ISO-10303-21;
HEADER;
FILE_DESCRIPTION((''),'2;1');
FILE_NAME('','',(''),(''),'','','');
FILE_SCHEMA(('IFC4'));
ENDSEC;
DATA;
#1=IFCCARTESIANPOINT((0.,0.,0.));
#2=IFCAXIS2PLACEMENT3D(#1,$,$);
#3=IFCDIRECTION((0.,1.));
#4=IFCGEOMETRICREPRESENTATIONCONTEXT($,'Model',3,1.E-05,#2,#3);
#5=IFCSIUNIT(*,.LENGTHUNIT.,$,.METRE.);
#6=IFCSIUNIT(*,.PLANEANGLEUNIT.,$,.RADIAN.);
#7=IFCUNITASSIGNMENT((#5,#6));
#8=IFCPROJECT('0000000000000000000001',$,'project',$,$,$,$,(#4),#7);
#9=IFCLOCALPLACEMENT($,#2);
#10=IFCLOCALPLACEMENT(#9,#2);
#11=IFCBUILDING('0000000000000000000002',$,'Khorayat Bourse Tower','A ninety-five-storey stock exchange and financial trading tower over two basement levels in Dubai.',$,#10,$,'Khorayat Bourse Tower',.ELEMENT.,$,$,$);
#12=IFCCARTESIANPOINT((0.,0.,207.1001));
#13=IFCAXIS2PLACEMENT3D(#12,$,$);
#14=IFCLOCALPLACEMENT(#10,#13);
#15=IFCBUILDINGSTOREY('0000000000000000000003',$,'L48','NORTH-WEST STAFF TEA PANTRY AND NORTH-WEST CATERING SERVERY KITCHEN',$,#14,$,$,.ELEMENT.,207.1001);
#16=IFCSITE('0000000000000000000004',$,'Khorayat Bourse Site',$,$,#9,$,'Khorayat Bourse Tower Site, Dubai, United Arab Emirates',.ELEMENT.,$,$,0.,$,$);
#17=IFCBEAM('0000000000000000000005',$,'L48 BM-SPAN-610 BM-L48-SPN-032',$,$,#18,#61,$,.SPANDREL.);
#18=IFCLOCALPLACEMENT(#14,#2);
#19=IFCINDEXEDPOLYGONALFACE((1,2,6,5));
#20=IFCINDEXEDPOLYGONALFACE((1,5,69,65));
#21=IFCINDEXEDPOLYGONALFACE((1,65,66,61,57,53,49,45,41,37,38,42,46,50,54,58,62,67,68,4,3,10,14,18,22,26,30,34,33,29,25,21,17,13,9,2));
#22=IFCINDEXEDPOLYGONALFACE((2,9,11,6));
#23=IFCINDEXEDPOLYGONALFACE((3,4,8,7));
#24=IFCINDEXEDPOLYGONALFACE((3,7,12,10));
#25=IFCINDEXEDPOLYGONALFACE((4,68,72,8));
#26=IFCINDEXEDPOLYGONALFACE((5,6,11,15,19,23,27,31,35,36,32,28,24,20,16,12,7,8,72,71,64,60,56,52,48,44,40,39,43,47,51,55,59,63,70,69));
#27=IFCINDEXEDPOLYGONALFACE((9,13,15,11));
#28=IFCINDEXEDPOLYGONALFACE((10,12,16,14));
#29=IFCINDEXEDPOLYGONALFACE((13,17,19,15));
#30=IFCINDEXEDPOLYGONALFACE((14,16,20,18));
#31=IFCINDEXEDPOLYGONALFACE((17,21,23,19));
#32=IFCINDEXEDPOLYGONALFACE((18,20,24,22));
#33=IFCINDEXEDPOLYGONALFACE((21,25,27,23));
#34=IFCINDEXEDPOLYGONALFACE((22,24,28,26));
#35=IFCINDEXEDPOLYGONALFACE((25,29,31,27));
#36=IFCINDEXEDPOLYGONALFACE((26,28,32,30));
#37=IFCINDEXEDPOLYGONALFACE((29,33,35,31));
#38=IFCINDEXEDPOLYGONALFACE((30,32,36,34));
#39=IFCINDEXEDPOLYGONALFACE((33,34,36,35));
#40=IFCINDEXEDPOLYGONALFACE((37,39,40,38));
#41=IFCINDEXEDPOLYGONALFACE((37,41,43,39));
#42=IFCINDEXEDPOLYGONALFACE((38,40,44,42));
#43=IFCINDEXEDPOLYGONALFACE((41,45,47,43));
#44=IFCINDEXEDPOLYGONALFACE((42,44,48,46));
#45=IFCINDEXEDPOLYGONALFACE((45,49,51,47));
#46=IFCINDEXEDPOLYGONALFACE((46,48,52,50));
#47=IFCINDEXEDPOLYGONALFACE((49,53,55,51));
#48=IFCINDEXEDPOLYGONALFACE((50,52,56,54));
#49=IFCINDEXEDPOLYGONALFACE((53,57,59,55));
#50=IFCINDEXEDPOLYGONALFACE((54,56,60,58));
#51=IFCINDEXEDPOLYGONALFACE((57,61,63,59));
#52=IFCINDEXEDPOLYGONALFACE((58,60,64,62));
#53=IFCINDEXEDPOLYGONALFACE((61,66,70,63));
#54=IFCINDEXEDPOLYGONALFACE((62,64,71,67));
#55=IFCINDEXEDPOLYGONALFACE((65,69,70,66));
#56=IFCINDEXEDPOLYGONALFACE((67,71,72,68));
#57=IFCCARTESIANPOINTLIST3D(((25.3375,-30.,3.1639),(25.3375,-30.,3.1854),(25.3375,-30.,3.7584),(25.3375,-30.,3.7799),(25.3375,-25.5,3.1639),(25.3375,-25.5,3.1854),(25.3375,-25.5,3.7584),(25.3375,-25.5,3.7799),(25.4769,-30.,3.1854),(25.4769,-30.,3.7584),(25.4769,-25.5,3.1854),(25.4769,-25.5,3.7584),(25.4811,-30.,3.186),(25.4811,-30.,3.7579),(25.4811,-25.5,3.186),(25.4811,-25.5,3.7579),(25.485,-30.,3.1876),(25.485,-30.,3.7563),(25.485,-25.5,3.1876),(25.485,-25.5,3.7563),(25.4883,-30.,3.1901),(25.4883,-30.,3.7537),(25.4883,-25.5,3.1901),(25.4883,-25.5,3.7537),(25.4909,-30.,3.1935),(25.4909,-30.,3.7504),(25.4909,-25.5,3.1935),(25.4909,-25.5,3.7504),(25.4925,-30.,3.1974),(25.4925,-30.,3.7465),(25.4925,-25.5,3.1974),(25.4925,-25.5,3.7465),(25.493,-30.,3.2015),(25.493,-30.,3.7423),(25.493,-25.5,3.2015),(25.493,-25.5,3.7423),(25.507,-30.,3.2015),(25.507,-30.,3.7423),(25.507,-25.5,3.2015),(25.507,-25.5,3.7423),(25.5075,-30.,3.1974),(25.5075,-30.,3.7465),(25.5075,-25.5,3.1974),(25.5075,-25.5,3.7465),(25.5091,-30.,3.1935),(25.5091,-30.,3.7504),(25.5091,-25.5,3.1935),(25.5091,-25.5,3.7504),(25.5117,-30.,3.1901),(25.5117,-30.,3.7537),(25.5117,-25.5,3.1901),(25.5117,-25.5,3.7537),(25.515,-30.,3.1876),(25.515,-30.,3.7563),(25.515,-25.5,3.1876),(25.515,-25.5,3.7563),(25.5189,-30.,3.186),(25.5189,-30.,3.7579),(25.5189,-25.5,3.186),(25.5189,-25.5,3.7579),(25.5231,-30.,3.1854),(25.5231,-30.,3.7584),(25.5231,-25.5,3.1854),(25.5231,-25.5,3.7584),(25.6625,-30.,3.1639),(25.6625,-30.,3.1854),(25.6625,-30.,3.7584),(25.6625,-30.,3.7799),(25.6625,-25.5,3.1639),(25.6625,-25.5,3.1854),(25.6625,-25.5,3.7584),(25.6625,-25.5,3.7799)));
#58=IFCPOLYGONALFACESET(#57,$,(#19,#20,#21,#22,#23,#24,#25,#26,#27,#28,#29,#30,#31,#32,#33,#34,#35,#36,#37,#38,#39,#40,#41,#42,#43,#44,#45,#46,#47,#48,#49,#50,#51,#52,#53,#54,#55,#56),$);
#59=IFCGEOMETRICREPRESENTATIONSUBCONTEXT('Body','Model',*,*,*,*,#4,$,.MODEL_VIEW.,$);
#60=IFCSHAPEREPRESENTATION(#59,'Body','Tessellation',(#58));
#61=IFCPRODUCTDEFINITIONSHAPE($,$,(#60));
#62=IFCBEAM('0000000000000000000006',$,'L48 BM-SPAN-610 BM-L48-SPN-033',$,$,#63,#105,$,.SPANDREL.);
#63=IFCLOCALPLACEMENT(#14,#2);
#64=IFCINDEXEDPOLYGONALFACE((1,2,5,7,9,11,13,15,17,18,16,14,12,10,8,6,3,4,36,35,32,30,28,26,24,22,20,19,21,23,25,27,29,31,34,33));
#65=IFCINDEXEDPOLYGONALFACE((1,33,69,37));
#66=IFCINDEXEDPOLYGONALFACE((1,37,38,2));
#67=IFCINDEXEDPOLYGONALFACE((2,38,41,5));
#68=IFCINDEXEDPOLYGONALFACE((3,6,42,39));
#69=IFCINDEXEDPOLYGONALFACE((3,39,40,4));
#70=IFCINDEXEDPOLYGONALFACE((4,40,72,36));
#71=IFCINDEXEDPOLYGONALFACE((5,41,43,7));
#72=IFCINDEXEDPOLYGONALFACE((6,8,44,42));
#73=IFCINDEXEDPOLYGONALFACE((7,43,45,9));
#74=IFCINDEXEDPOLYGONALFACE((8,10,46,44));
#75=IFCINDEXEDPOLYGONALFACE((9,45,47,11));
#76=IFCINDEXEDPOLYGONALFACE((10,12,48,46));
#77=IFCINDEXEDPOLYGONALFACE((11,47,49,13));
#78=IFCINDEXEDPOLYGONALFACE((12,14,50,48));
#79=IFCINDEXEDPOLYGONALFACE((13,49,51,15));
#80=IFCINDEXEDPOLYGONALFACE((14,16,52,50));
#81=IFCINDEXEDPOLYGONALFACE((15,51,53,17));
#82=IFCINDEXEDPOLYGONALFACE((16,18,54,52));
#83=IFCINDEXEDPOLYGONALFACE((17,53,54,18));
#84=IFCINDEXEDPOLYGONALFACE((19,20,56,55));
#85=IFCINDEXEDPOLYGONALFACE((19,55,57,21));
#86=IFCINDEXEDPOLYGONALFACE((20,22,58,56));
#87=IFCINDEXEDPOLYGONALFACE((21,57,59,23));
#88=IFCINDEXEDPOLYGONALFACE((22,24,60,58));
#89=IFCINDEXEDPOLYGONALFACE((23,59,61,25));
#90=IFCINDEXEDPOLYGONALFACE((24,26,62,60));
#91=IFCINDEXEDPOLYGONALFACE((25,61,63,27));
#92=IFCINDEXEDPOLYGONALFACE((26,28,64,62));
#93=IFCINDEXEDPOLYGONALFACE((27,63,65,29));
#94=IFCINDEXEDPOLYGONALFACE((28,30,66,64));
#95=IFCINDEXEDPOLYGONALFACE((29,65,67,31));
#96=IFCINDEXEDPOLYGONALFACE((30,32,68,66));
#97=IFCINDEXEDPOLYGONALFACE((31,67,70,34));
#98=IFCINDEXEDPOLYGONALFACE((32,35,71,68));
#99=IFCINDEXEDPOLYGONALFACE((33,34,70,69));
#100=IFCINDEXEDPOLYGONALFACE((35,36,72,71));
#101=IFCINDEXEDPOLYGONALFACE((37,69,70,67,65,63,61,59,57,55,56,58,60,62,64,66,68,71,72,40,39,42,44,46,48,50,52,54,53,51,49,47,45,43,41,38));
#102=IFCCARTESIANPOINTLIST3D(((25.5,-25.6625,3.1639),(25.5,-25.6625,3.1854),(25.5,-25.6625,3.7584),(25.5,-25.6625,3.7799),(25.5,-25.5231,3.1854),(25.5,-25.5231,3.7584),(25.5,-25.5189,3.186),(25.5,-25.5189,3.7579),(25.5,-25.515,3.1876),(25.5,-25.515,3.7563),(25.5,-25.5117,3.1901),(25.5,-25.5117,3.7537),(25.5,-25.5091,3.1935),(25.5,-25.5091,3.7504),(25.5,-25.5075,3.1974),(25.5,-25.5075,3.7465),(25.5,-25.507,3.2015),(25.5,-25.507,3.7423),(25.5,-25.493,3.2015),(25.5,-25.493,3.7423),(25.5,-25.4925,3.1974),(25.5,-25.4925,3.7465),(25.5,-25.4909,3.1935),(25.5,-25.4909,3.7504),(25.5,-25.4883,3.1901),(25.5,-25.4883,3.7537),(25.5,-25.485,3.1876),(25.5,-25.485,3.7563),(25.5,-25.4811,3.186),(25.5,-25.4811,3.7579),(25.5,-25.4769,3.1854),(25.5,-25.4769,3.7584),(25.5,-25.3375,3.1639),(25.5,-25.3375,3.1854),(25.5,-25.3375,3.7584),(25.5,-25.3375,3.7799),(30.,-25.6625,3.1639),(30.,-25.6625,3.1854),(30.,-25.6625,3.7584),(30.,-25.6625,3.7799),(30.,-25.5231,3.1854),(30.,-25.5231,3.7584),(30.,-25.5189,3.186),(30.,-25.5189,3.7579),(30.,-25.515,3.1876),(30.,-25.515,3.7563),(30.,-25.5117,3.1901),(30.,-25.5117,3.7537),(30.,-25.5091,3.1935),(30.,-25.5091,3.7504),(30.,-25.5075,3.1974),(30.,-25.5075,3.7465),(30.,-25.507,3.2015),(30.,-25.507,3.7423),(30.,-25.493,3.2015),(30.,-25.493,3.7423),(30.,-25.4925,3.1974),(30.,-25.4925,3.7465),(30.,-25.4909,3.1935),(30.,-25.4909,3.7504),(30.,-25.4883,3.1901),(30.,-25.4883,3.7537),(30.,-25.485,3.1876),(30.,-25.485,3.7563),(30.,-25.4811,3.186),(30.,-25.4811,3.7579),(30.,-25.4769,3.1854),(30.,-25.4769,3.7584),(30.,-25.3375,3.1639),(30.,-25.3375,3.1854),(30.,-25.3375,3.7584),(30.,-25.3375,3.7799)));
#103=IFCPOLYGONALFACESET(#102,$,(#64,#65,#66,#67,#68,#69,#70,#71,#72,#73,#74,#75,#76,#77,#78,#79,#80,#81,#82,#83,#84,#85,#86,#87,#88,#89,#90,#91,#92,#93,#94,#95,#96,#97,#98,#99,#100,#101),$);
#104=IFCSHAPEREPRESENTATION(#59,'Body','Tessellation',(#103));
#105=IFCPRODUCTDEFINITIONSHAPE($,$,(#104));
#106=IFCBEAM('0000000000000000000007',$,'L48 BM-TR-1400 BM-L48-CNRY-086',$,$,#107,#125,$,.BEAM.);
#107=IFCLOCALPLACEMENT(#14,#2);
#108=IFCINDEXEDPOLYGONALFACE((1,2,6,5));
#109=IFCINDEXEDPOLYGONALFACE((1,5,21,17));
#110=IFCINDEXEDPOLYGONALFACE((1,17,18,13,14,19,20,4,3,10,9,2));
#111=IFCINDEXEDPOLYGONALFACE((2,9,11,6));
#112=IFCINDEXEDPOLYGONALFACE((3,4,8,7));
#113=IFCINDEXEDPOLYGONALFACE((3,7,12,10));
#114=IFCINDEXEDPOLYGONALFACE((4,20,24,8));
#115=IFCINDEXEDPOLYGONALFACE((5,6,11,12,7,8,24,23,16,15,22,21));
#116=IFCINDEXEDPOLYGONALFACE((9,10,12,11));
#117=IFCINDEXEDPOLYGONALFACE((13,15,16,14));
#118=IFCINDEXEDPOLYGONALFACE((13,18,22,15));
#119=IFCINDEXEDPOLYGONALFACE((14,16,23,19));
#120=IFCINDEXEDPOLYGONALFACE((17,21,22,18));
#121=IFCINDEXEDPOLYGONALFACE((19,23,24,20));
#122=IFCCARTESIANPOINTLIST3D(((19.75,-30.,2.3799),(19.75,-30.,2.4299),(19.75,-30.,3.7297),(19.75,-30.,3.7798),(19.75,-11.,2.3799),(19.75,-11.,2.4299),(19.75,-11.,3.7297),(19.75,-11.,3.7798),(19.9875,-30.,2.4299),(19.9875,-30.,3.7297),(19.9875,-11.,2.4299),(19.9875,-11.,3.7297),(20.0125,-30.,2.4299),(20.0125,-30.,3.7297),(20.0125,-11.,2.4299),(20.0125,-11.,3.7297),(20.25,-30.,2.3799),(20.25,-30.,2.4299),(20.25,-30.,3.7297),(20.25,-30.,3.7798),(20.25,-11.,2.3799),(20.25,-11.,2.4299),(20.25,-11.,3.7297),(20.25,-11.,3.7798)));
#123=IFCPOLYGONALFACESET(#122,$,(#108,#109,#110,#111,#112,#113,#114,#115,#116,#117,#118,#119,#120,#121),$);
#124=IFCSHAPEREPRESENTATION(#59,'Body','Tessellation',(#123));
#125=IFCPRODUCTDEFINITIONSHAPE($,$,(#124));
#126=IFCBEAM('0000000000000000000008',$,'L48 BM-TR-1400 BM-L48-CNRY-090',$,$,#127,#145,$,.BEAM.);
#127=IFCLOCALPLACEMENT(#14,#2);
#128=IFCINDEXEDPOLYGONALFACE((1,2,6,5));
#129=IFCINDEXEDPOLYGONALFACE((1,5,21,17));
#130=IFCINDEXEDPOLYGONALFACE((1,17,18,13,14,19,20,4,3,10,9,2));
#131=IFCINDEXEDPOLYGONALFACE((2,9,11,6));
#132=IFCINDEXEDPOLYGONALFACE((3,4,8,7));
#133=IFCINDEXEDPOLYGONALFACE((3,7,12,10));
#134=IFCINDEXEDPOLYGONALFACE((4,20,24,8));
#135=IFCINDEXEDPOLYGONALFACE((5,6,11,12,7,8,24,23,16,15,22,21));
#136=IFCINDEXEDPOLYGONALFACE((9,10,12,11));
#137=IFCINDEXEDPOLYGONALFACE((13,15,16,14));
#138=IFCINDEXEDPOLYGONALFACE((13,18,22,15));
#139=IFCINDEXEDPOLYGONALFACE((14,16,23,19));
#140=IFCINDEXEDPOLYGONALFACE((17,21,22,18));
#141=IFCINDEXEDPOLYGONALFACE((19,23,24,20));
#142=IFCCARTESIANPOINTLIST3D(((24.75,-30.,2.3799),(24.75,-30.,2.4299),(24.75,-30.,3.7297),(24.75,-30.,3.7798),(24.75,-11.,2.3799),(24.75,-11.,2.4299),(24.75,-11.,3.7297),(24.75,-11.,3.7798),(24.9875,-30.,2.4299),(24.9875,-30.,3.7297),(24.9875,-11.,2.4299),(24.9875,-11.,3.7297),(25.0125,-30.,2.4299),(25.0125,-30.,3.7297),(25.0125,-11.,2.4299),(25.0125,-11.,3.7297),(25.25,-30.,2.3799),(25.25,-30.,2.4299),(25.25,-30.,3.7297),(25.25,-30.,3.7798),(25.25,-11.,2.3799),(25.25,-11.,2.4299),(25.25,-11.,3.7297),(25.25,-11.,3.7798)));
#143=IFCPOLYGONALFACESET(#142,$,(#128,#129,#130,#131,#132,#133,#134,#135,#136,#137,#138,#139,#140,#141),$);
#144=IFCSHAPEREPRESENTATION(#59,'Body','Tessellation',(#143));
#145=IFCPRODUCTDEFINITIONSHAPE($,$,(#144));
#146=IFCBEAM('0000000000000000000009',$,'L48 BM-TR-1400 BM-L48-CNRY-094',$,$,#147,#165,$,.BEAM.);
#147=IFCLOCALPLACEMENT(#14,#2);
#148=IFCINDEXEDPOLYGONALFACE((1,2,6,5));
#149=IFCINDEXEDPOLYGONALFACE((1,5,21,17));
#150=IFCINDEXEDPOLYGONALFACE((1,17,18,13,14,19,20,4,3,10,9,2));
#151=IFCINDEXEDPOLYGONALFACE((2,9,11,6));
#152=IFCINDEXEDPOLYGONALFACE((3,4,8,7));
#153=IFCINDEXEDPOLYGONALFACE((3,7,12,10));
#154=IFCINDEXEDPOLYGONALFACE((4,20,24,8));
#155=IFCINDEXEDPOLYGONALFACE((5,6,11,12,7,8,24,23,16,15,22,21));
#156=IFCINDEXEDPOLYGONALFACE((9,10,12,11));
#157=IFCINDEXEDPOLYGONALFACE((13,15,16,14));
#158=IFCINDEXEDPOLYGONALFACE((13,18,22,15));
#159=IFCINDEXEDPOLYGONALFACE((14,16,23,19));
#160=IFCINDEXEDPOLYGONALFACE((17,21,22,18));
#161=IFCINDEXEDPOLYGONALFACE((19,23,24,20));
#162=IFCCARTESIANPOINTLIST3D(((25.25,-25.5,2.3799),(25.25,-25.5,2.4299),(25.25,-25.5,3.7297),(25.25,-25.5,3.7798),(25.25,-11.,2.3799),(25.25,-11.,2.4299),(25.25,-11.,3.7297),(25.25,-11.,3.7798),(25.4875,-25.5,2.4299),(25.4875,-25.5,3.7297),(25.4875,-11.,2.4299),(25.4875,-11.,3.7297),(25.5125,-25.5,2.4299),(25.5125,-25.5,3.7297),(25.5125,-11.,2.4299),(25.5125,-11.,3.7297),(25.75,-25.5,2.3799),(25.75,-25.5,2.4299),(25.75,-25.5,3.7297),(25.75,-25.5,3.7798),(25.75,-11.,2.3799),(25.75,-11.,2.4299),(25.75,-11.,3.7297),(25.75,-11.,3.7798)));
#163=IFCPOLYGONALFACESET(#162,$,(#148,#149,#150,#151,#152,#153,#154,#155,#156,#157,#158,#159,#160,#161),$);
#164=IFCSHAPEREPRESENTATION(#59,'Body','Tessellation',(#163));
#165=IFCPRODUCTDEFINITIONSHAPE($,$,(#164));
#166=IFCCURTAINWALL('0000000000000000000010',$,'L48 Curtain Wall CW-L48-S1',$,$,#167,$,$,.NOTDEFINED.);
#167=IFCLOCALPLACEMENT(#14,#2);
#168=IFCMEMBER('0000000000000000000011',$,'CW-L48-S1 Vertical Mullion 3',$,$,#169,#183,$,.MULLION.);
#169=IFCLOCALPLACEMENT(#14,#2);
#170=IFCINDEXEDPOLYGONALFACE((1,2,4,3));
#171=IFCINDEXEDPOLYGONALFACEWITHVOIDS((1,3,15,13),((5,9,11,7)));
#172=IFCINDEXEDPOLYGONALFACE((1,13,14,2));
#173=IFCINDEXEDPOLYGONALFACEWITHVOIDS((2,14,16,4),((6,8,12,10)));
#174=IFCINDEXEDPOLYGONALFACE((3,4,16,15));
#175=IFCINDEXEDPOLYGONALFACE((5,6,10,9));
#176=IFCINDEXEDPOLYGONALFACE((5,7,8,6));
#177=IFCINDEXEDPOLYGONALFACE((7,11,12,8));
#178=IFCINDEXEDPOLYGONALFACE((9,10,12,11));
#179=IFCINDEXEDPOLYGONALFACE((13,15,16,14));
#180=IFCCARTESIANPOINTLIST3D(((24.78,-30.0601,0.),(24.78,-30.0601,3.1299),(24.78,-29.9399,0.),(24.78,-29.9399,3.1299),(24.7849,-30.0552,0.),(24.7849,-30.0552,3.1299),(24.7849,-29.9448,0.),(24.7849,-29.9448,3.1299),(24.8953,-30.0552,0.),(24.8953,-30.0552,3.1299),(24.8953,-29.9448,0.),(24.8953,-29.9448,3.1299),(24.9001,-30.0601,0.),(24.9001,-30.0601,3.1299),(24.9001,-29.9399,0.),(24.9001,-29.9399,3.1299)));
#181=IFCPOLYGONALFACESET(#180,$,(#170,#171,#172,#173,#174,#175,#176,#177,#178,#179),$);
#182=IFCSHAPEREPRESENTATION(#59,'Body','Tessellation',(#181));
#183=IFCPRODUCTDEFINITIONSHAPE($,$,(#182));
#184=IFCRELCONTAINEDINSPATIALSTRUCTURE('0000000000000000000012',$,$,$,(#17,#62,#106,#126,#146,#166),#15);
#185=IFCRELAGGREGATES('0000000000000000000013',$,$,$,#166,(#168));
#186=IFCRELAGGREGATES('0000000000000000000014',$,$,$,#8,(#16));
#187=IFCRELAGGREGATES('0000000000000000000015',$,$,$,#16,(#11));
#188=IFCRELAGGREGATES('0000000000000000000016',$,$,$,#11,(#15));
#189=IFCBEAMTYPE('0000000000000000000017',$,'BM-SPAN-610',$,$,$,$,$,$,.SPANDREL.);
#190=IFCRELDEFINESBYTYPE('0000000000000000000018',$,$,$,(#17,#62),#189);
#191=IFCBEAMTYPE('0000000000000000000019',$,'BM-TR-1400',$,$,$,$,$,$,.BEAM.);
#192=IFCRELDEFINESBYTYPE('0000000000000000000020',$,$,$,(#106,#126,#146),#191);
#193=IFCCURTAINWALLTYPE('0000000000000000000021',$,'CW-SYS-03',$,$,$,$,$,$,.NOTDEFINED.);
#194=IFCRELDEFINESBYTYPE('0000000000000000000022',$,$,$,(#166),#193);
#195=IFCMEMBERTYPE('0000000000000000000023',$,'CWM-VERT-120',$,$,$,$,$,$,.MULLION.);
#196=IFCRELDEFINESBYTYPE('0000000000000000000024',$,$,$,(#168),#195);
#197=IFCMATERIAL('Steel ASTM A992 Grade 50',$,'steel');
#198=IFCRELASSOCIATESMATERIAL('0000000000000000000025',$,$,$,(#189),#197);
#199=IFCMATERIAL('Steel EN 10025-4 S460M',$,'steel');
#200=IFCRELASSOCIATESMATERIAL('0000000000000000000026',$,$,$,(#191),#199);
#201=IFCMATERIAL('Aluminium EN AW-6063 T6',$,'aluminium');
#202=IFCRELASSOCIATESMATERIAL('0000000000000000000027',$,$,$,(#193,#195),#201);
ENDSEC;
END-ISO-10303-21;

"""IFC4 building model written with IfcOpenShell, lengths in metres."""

from ifc_helpers import new_model, si_unit, direction, frame, origin, origin_2d, place, context, subcontext, project, spatial, hollow_rectangle, i_section, extrude, source, transform, mapped, material, material_profile, profile_set, type_object, element, aggregate, save


model = new_model("IFC4")

# Units and contexts
model_context = context("Model", 3, precision=1e-05, world=origin(), true_north=direction((0.0, 1.0)))
body_context = subcontext(model_context, "Body", "Model", "MODEL_VIEW")
ifc_project = project(units=[si_unit("LENGTHUNIT", "METRE"), si_unit("PLANEANGLEUNIT", "RADIAN")], contexts=[model_context])

# Site, building, storey
site_placement = place(None, origin())
site = spatial("IfcSite", under=ifc_project, at=site_placement, Name="Khorayat Bourse Site", LongName="Khorayat Bourse Tower Site, Dubai, United Arab Emirates", CompositionType="ELEMENT", RefElevation=0.0)
building_placement = place(site_placement, origin())
building = spatial("IfcBuilding", under=site, at=building_placement, Name="Khorayat Bourse Tower", Description="A ninety-five-storey stock exchange and financial trading tower over two basement levels in Dubai.", LongName="Khorayat Bourse Tower", CompositionType="ELEMENT")
storey_placement = place(building_placement, frame((0.0, 0.0, 207.1001)))
storey = spatial("IfcBuildingStorey", under=building, at=storey_placement, Name="L48", Description="NORTH-WEST STAFF TEA PANTRY AND NORTH-WEST CATERING SERVERY KITCHEN", CompositionType="ELEMENT", Elevation=207.1001)

# Shared definitions
ifc_material_1 = material(Name="Steel EN 10025-4 S460M", Category="steel")

# Beams
ifc_material_2 = material(Name="Steel ASTM A992 Grade 50", Category="steel")
ifc_material_profile_1 = material_profile(ifc_material_2, i_section(OverallWidth=0.325, OverallDepth=0.616, WebThickness=0.0139, FlangeThickness=0.0215, FilletRadius=0.0161, at=origin_2d()), Name="W610X174")
ifc_profile_set_1 = profile_set([ifc_material_profile_1], Name="Steel ASTM A992 Grade 50")
beam_type_1 = type_object("IfcBeamType", Name="BM-SPAN-610", PredefinedType="SPANDREL", material=ifc_profile_set_1)
shared_shape_1 = source(origin(), body_context, "Body", "SweptSolid", [
    extrude(i_section(OverallWidth=0.325, OverallDepth=0.616, WebThickness=0.0139, FlangeThickness=0.0215, FilletRadius=0.0161, at=origin_2d()), origin(), (0.0, 0.0, 1.0), 4.5),
])
for number, where, z_axis, x_axis, name in (
    (1, (25.5, -30.0, 3.4719), (0.0, 1.0, 0.0), (-1.0, 0.0, 0.0), "L48 BM-SPAN-610 BM-L48-SPN-032"),
    (2, (25.5, -25.5, 3.4719), (1.0, 0.0, 0.0), (0.0, 1.0, 0.0), "L48 BM-SPAN-610 BM-L48-SPN-033"),
):
    element("IfcBeam", number, at=place(storey_placement, frame(where, z_axis=z_axis, x_axis=x_axis)), inside=storey, type_object=beam_type_1, Name=name, PredefinedType="SPANDREL", context=body_context, shape_type="MappedRepresentation", body=[
        mapped(shared_shape_1, transform((0.0, 0.0, 0.0), scale=1.0)),
    ])
ifc_material_profile_2 = material_profile(ifc_material_1, i_section(OverallWidth=0.5, OverallDepth=1.3999, WebThickness=0.0249, FlangeThickness=0.05, at=origin_2d()), Name="PG 1400x500x25x50")
ifc_profile_set_2 = profile_set([ifc_material_profile_2], Name="Steel EN 10025-4 S460M")
beam_type_2 = type_object("IfcBeamType", Name="BM-TR-1400", PredefinedType="BEAM", material=ifc_profile_set_2)
shared_shape_2 = source(origin(), body_context, "Body", "SweptSolid", [
    extrude(i_section(OverallWidth=0.5, OverallDepth=1.3999, WebThickness=0.0249, FlangeThickness=0.05, at=origin_2d()), origin(), (0.0, 0.0, 1.0), 19.0),
])
for number, where, z_axis, x_axis, name in (
    (3, (20.0, -30.0, 3.0798), (0.0, 1.0, 0.0), (-1.0, 0.0, 0.0), "L48 BM-TR-1400 BM-L48-CNRY-086"),
    (4, (25.0, -30.0, 3.0798), (0.0, 1.0, 0.0), (-1.0, 0.0, 0.0), "L48 BM-TR-1400 BM-L48-CNRY-090"),
):
    element("IfcBeam", number, at=place(storey_placement, frame(where, z_axis=z_axis, x_axis=x_axis)), inside=storey, type_object=beam_type_2, Name=name, PredefinedType="BEAM", context=body_context, shape_type="MappedRepresentation", body=[
        mapped(shared_shape_2, transform((0.0, 0.0, 0.0), scale=1.0)),
    ])
shared_shape_3 = source(origin(), body_context, "Body", "SweptSolid", [
    extrude(i_section(OverallWidth=0.5, OverallDepth=1.3999, WebThickness=0.0249, FlangeThickness=0.05, at=origin_2d()), origin(), (0.0, 0.0, 1.0), 14.5),
])
beam_placement = place(storey_placement, frame((25.5, -25.5, 3.0798), z_axis=(0.0, 1.0, 0.0), x_axis=(-1.0, 0.0, 0.0)))
element("IfcBeam", 5, at=beam_placement, inside=storey, type_object=beam_type_2, Name="L48 BM-TR-1400 BM-L48-CNRY-094", PredefinedType="BEAM", context=body_context, shape_type="MappedRepresentation", body=[
    mapped(shared_shape_3, transform((0.0, 0.0, 0.0), scale=1.0)),
])

# Curtain wall, member
ifc_material_3 = material(Name="Aluminium EN AW-6063 T6", Category="aluminium")
curtain_wall_type = type_object("IfcCurtainWallType", Name="CW-SYS-03", PredefinedType="NOTDEFINED", material=ifc_material_3)
curtain_wall_1_placement = place(storey_placement, origin())
curtain_wall_1 = element("IfcCurtainWall", 6, at=curtain_wall_1_placement, inside=storey, type_object=curtain_wall_type, Name="L48 Curtain Wall CW-L48-S1", PredefinedType="NOTDEFINED")
ifc_material_profile_3 = material_profile(ifc_material_3, hollow_rectangle(XDim=0.1201, YDim=0.1201, WallThickness=0.0049, at=origin_2d()), Name="ALU 120x120x5")
ifc_profile_set_3 = profile_set([ifc_material_profile_3], Name="Aluminium EN AW-6063 T6")
member_type_1 = type_object("IfcMemberType", Name="CWM-VERT-120", PredefinedType="MULLION", material=ifc_profile_set_3)
shared_shape_4 = source(origin(), body_context, "Body", "SweptSolid", [
    extrude(hollow_rectangle(XDim=0.1201, YDim=0.1201, WallThickness=0.0049, at=origin_2d()), origin(), (0.0, 0.0, 1.0), 3.1299),
])
member_1_placement = place(storey_placement, frame((24.8401, -30.0, 0.0), z_axis=(0.0, 0.0, 1.0), x_axis=(0.0, 1.0, 0.0)))
member_1 = element("IfcMember", 7, at=member_1_placement, type_object=member_type_1, Name="CW-L48-S1 Vertical Mullion 3", PredefinedType="MULLION", context=body_context, shape_type="MappedRepresentation", body=[
    mapped(shared_shape_4, transform((0.0, 0.0, 0.0), scale=1.0)),
])

aggregate(curtain_wall_1, [member_1])

save(model, "model.ifc")
